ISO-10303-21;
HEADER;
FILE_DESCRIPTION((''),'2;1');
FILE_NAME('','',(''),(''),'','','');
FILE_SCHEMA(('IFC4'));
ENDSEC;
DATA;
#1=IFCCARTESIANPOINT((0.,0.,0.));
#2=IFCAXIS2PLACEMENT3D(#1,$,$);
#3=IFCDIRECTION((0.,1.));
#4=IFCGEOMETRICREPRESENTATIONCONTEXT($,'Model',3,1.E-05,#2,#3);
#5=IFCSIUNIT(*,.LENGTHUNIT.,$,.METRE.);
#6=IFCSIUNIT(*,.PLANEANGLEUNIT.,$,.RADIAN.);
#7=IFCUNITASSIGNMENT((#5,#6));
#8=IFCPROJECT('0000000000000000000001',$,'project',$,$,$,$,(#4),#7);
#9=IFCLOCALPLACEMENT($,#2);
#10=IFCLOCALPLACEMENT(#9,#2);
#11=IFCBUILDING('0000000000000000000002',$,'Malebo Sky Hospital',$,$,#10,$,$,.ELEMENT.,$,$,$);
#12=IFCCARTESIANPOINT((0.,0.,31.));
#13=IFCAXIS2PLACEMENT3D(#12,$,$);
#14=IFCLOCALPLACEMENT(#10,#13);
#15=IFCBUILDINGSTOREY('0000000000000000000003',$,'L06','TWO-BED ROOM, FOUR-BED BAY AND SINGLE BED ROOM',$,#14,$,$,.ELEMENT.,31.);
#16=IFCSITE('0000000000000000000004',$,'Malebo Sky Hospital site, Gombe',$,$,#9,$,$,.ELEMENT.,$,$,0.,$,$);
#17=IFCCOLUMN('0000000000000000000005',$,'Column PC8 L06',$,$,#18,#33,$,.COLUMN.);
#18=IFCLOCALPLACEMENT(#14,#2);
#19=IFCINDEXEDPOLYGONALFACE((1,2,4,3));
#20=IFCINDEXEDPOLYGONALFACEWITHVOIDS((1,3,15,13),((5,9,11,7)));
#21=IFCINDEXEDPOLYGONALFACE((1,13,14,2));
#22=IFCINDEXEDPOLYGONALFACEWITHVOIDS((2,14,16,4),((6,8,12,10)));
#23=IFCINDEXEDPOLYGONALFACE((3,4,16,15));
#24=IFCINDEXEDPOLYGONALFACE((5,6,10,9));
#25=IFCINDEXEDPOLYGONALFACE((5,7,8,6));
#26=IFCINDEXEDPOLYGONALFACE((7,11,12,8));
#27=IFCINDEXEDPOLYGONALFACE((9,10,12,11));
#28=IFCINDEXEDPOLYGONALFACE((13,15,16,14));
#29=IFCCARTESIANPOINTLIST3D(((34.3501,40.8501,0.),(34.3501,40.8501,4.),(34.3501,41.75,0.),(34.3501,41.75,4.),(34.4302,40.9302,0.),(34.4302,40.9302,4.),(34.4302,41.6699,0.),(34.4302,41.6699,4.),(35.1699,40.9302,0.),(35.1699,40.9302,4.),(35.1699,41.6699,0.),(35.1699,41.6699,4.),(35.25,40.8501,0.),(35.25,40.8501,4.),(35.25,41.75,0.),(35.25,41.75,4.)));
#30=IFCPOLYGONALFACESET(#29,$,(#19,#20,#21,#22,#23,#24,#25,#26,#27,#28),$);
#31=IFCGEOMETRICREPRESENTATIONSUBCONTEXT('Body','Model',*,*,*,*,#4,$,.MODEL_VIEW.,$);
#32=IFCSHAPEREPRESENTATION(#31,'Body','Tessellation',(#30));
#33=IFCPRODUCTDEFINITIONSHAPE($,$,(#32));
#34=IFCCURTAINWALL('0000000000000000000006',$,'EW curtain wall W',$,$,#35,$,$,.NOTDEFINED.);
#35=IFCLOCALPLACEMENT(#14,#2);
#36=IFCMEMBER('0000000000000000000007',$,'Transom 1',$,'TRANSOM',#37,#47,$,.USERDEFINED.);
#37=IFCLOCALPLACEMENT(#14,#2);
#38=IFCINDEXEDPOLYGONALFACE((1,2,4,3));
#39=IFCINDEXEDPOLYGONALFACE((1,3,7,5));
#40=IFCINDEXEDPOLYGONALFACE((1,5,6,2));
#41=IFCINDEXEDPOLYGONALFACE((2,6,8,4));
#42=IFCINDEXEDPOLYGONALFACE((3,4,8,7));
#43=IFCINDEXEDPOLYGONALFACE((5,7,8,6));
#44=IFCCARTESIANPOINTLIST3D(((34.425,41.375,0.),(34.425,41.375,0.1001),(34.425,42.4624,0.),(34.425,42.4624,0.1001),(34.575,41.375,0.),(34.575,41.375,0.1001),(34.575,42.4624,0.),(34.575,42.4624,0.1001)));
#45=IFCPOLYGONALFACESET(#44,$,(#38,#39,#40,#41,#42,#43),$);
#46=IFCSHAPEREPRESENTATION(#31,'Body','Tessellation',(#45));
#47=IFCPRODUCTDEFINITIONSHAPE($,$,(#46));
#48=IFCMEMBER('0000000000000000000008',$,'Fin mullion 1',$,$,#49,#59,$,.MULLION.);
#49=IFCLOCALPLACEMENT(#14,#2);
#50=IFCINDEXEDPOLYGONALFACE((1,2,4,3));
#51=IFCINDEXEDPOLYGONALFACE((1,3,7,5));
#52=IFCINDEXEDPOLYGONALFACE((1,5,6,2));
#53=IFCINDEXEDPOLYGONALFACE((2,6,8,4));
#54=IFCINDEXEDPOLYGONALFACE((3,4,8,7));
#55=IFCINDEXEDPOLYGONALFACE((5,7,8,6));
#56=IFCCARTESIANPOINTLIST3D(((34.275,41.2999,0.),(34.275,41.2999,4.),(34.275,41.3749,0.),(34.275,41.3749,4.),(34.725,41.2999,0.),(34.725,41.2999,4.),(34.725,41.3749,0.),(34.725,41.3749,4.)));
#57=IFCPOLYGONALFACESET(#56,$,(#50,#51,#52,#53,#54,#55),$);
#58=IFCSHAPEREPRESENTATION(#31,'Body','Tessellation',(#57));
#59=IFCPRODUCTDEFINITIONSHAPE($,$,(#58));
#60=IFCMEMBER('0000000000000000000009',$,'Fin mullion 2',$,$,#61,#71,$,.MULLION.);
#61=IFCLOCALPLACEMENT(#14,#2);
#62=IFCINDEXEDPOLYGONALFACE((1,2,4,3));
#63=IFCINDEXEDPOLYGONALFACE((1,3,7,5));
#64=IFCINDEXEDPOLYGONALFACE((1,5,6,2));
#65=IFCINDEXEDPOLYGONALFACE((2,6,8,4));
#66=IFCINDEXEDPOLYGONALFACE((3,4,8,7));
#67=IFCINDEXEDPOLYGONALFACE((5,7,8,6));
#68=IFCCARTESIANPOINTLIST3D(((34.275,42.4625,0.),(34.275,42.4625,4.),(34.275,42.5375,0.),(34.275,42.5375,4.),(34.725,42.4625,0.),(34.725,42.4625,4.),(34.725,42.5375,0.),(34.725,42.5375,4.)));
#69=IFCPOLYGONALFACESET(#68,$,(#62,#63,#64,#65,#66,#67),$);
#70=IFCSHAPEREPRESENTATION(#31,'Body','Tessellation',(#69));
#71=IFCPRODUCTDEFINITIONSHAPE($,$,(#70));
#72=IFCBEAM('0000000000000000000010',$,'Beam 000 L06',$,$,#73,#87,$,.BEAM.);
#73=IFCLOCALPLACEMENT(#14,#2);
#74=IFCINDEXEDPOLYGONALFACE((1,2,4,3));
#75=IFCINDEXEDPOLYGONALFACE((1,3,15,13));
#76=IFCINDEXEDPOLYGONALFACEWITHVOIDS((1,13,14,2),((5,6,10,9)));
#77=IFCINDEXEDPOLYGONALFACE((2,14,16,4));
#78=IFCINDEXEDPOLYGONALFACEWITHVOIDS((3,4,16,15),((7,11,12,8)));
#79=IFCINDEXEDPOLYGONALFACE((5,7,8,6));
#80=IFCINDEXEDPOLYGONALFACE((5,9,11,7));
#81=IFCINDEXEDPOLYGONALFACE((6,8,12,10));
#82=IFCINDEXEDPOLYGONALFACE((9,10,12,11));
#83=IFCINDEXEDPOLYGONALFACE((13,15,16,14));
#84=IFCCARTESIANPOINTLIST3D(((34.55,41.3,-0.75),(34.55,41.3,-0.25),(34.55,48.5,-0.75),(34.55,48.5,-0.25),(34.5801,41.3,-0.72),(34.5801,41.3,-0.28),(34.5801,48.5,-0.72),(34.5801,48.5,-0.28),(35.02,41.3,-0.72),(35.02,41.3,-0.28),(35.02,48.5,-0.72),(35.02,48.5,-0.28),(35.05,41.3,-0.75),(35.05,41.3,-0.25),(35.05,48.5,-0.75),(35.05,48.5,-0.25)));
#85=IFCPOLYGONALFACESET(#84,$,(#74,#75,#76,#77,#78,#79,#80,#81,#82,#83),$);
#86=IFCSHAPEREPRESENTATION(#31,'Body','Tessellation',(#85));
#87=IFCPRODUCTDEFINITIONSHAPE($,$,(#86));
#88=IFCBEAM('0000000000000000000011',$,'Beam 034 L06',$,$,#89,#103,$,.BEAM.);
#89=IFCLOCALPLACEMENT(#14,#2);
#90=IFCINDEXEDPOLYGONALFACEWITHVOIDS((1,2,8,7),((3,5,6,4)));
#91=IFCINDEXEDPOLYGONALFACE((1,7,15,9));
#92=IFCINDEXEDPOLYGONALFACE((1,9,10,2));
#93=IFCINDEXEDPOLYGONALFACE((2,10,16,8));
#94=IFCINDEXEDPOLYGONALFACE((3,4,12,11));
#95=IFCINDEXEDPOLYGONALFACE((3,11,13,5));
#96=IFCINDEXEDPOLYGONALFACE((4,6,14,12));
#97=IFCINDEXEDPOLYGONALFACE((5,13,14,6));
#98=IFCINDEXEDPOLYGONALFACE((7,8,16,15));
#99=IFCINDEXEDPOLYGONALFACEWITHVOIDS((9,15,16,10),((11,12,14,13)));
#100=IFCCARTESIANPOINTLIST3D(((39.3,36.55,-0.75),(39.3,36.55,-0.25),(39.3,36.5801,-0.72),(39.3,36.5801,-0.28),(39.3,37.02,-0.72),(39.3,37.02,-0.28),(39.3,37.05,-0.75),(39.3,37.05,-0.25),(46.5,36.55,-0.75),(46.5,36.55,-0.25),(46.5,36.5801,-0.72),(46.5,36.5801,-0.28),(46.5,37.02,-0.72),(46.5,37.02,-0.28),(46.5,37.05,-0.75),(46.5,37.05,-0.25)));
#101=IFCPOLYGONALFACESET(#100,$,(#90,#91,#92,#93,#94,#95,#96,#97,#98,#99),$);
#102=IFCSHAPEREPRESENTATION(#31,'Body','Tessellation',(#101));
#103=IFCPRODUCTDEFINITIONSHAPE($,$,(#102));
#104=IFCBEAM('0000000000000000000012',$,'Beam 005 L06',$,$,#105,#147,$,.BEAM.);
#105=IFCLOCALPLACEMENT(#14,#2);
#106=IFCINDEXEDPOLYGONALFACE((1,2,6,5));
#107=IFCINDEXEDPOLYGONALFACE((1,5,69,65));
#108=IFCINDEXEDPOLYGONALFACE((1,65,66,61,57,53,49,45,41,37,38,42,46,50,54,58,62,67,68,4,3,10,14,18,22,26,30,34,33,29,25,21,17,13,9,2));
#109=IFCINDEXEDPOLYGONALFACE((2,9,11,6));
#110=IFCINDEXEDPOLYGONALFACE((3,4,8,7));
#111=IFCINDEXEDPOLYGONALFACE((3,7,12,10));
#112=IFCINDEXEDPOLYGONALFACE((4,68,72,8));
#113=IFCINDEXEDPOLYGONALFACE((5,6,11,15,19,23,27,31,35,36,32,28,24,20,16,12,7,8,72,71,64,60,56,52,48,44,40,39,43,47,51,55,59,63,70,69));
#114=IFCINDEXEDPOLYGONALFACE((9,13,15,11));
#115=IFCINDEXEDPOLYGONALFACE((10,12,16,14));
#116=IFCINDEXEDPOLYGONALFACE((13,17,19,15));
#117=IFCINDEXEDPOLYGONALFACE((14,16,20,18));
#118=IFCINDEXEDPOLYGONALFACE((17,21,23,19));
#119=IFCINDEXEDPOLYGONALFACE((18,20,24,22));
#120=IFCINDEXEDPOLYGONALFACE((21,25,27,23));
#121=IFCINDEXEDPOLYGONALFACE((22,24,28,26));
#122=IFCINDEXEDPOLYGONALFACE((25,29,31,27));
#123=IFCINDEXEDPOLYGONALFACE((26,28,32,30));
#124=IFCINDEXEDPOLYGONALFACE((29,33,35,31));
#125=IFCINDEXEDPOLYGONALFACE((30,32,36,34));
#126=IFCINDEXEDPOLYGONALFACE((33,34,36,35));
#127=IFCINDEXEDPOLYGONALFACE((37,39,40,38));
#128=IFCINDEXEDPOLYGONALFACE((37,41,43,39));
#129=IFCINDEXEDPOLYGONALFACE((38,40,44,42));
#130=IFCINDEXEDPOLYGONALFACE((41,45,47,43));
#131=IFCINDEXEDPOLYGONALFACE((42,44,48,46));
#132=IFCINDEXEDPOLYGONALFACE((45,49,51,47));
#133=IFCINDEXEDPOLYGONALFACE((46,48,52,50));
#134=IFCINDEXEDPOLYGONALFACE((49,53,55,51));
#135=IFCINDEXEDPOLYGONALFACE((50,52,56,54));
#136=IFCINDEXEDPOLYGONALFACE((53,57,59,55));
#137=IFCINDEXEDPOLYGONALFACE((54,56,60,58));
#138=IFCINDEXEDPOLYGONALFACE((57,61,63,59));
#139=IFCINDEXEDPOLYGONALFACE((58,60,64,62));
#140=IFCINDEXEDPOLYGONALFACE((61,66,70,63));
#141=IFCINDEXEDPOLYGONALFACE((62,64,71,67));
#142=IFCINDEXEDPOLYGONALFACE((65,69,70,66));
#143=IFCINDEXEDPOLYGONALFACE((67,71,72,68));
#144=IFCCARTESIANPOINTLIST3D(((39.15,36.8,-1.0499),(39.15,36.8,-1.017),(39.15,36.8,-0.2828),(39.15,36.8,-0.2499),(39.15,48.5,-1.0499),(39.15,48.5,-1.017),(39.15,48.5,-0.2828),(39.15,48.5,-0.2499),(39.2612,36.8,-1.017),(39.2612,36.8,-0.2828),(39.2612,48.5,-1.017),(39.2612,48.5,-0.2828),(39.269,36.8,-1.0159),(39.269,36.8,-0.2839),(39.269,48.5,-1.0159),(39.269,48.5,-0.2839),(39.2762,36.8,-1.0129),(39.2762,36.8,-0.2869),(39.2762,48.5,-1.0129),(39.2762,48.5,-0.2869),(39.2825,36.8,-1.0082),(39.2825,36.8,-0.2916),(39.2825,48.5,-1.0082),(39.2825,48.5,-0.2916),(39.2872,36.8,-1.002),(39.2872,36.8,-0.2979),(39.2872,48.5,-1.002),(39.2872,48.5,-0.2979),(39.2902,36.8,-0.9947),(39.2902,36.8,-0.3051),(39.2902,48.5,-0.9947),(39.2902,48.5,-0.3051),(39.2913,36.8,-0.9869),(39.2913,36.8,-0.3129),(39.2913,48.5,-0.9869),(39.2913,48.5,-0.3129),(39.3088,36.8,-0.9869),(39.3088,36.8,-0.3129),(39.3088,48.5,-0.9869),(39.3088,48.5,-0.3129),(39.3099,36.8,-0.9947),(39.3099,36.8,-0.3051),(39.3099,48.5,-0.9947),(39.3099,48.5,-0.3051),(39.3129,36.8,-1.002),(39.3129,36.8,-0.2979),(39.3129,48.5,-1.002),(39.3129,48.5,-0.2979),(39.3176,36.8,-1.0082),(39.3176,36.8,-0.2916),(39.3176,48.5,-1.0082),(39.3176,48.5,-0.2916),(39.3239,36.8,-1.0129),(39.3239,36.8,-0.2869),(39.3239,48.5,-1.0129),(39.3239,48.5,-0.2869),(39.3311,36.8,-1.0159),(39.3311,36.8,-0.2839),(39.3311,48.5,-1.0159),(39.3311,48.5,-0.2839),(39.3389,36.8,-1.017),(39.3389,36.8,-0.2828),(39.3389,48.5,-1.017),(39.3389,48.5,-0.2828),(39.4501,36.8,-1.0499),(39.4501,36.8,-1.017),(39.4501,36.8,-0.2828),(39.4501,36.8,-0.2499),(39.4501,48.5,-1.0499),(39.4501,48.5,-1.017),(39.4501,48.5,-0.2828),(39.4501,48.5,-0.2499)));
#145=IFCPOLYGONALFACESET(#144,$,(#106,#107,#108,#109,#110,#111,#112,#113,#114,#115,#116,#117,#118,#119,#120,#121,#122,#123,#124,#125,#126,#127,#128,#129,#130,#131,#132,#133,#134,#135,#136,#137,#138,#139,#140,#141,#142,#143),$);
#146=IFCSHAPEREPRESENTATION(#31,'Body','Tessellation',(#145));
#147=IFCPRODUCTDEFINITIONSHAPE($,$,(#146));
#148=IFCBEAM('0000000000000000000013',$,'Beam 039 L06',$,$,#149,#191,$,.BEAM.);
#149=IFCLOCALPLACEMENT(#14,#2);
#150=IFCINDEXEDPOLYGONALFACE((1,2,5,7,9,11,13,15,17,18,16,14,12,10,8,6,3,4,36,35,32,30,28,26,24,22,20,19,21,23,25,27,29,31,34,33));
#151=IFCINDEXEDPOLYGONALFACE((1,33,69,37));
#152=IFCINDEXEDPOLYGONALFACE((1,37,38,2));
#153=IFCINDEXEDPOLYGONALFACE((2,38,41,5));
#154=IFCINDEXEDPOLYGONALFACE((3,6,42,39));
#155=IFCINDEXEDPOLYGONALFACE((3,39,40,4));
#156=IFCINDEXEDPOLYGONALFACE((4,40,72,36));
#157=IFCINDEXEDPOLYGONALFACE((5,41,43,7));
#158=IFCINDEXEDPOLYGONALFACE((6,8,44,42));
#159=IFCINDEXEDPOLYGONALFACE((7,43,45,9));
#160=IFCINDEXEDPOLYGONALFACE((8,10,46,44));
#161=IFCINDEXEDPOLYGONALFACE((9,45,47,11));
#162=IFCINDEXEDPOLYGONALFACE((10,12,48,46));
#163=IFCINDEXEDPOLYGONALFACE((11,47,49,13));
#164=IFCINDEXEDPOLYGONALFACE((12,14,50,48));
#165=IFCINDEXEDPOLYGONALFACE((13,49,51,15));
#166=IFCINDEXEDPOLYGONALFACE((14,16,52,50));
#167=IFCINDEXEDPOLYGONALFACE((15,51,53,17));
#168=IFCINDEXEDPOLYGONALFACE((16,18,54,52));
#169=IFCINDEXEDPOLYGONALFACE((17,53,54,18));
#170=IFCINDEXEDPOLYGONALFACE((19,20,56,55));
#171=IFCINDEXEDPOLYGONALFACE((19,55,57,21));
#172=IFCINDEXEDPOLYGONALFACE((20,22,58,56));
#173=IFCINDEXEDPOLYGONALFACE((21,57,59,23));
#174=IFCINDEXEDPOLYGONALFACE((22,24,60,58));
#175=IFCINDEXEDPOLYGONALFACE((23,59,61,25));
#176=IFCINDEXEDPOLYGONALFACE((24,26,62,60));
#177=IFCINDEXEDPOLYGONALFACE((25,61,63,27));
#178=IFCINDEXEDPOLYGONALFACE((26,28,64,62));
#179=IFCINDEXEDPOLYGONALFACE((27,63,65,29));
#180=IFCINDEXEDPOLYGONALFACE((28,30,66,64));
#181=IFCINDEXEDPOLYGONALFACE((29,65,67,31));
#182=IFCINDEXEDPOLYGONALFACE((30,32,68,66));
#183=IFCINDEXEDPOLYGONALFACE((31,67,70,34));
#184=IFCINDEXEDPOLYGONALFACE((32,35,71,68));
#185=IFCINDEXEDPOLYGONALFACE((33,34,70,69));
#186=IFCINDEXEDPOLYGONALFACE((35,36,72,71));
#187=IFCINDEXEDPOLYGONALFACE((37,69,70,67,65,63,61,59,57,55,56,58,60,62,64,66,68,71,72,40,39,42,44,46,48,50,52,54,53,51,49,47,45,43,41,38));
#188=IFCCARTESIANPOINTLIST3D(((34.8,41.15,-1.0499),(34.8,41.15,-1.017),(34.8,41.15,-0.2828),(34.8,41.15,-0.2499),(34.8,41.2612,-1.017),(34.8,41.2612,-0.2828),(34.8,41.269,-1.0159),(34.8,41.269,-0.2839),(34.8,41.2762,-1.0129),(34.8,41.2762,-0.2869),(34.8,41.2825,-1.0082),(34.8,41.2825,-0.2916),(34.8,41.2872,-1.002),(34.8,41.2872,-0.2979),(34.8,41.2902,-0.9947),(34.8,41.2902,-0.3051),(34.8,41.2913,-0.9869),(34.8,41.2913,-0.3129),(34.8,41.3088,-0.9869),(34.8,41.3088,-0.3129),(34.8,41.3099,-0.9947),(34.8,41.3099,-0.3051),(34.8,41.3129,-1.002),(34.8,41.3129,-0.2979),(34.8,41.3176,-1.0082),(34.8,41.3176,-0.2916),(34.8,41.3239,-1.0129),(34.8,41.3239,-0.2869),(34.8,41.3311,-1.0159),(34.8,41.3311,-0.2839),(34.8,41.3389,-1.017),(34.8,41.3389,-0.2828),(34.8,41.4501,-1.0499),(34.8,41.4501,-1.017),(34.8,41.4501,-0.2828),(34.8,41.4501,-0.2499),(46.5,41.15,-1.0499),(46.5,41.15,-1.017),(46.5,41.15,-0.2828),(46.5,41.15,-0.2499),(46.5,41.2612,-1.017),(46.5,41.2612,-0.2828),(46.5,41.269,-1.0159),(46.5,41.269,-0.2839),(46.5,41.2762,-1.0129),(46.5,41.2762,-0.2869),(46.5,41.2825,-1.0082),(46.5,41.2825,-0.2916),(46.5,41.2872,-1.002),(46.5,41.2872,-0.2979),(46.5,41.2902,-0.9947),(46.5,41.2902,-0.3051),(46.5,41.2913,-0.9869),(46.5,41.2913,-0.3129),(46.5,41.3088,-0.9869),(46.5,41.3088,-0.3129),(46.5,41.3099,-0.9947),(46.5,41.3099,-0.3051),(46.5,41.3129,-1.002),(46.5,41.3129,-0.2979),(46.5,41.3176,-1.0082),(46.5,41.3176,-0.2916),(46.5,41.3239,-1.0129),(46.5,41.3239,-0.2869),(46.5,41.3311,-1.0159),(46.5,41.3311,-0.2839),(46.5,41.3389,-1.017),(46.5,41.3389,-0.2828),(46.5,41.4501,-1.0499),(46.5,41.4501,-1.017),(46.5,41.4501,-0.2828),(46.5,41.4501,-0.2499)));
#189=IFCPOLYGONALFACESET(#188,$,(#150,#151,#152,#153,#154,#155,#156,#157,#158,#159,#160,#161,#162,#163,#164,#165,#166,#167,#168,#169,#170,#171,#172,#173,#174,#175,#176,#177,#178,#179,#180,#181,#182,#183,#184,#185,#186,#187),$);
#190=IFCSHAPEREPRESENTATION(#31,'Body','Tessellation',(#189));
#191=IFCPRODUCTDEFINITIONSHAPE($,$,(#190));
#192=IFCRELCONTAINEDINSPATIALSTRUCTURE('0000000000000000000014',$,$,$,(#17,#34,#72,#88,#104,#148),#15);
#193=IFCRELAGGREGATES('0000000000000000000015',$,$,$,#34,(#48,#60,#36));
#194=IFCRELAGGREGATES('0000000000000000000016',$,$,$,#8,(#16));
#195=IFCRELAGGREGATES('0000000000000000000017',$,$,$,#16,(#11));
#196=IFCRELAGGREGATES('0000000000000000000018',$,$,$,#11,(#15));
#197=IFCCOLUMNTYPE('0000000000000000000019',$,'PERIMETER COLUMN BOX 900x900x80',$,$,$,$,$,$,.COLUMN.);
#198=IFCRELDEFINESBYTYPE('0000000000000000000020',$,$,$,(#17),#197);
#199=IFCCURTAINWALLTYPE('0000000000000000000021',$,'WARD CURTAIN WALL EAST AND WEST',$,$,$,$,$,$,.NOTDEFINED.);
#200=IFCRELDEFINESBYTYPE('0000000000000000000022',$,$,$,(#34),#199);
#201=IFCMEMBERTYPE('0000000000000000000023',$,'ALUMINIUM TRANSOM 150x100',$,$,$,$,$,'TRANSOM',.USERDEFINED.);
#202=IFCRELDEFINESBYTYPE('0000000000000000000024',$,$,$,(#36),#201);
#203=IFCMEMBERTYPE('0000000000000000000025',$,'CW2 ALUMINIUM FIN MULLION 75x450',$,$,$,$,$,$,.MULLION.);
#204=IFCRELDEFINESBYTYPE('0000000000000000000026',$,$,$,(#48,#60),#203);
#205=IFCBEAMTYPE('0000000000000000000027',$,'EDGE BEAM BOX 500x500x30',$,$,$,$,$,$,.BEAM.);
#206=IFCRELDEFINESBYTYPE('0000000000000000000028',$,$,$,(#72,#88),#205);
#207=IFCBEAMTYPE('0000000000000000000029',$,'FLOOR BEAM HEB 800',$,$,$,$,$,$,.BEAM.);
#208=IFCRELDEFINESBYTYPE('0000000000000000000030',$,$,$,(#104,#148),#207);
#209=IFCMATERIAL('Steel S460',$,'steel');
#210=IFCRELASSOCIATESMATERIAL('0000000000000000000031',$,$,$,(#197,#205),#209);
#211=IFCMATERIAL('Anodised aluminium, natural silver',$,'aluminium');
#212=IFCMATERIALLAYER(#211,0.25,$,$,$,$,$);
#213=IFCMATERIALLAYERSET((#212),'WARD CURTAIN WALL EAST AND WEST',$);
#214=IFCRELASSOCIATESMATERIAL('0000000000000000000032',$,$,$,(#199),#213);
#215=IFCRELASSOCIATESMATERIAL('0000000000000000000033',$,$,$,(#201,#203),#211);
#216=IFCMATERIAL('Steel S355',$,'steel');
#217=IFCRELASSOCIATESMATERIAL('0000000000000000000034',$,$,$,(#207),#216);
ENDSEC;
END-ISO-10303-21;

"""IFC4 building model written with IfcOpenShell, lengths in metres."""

from ifc_helpers import new_model, si_unit, direction, frame, origin, origin_2d, place, context, subcontext, project, spatial, rectangle, hollow_rectangle, i_section, extrude, material, layer, layer_set, material_profile, profile_set, type_object, element, aggregate, save


model = new_model("IFC4")

# Units and contexts
model_context = context("Model", 3, precision=1e-05, world=origin(), true_north=direction((0.0, 1.0)))
body_context = subcontext(model_context, "Body", "Model", "MODEL_VIEW")
ifc_project = project(units=[si_unit("LENGTHUNIT", "METRE"), si_unit("PLANEANGLEUNIT", "RADIAN")], contexts=[model_context])

# Site, building, storey
site_placement = place(None, origin())
site = spatial("IfcSite", under=ifc_project, at=site_placement, Name="Malebo Sky Hospital site, Gombe", CompositionType="ELEMENT", RefElevation=0.0)
building_placement = place(site_placement, origin())
building = spatial("IfcBuilding", under=site, at=building_placement, Name="Malebo Sky Hospital", CompositionType="ELEMENT")
storey_placement = place(building_placement, frame((0.0, 0.0, 31.0)))
storey = spatial("IfcBuildingStorey", under=building, at=storey_placement, Name="L06", Description="TWO-BED ROOM, FOUR-BED BAY AND SINGLE BED ROOM", CompositionType="ELEMENT", Elevation=31.0)

# Column
ifc_material_1 = material(Name="Steel S460", Category="steel")
ifc_material_profile_1 = material_profile(ifc_material_1, hollow_rectangle(XDim=0.8999, YDim=0.8999, WallThickness=0.0801, at=origin_2d()), Name="BOX 900x900x80")
ifc_profile_set_1 = profile_set([ifc_material_profile_1], Name="Steel S460")
column_type = type_object("IfcColumnType", Name="PERIMETER COLUMN BOX 900x900x80", PredefinedType="COLUMN", material=ifc_profile_set_1)
column_placement = place(storey_placement, frame((34.8, 41.3, 0.0), z_axis=(0.0, 0.0, 1.0), x_axis=(1.0, 0.0, 0.0)))
element("IfcColumn", 1, at=column_placement, inside=storey, type_object=column_type, Name="Column PC8 L06", PredefinedType="COLUMN", context=body_context, shape_type="SweptSolid", body=[
    extrude(hollow_rectangle(XDim=0.8999, YDim=0.8999, WallThickness=0.0801, at=origin_2d()), origin(), (0.0, 0.0, 1.0), 4.0),
])

# Curtain wall, members
ifc_material_2 = material(Name="Anodised aluminium, natural silver", Category="aluminium")
ifc_layer_1 = layer(ifc_material_2, 0.25)
ifc_layer_set_1 = layer_set([ifc_layer_1], Name="WARD CURTAIN WALL EAST AND WEST")
curtain_wall_type = type_object("IfcCurtainWallType", Name="WARD CURTAIN WALL EAST AND WEST", PredefinedType="NOTDEFINED", material=ifc_layer_set_1)
curtain_wall_placement = place(storey_placement, origin())
curtain_wall = element("IfcCurtainWall", 2, at=curtain_wall_placement, inside=storey, type_object=curtain_wall_type, Name="EW curtain wall W", PredefinedType="NOTDEFINED")
ifc_material_profile_2 = material_profile(ifc_material_2, rectangle(XDim=0.1499, YDim=0.1001, at=origin_2d()), Name="ALUMINIUM TRANSOM 150x100")
ifc_profile_set_2 = profile_set([ifc_material_profile_2], Name="Anodised aluminium, natural silver")
member_type_1 = type_object("IfcMemberType", Name="ALUMINIUM TRANSOM 150x100", ElementType="TRANSOM", PredefinedType="USERDEFINED", material=ifc_profile_set_2)
member_1_placement = place(storey_placement, frame((34.5, 41.375, 0.05), z_axis=(0.0, 1.0, 0.0), x_axis=(-1.0, 0.0, 0.0)))
member_1 = element("IfcMember", 3, at=member_1_placement, type_object=member_type_1, Name="Transom 1", ObjectType="TRANSOM", PredefinedType="USERDEFINED", context=body_context, shape_type="SweptSolid", body=[
    extrude(rectangle(XDim=0.1499, YDim=0.1001, at=origin_2d()), origin(), (0.0, 0.0, 1.0), 1.0874),
])
ifc_material_profile_3 = material_profile(ifc_material_2, rectangle(XDim=0.075, YDim=0.45, at=origin_2d()), Name="CW2 ALUMINIUM FIN MULLION 75x450")
ifc_profile_set_3 = profile_set([ifc_material_profile_3], Name="Anodised aluminium, natural silver")
member_type_2 = type_object("IfcMemberType", Name="CW2 ALUMINIUM FIN MULLION 75x450", PredefinedType="MULLION", material=ifc_profile_set_3)
member_2_placement = place(storey_placement, frame((34.5, 41.3374, 0.0), z_axis=(0.0, 0.0, 1.0), x_axis=(0.0, 1.0, 0.0)))
member_2 = element("IfcMember", 4, at=member_2_placement, type_object=member_type_2, Name="Fin mullion 1", PredefinedType="MULLION", context=body_context, shape_type="SweptSolid", body=[
    extrude(rectangle(XDim=0.075, YDim=0.45, at=origin_2d()), origin(), (0.0, 0.0, 1.0), 4.0),
])
member_3_placement = place(storey_placement, frame((34.5, 42.5, 0.0), z_axis=(0.0, 0.0, 1.0), x_axis=(0.0, 1.0, 0.0)))
member_3 = element("IfcMember", 5, at=member_3_placement, type_object=member_type_2, Name="Fin mullion 2", PredefinedType="MULLION", context=body_context, shape_type="SweptSolid", body=[
    extrude(rectangle(XDim=0.075, YDim=0.45, at=origin_2d()), origin(), (0.0, 0.0, 1.0), 4.0),
])

# Beams
ifc_material_profile_4 = material_profile(ifc_material_1, hollow_rectangle(XDim=0.5, YDim=0.5, WallThickness=0.03, at=origin_2d()), Name="BOX 500x500x30")
ifc_profile_set_4 = profile_set([ifc_material_profile_4], Name="Steel S460")
beam_type_1 = type_object("IfcBeamType", Name="EDGE BEAM BOX 500x500x30", PredefinedType="BEAM", material=ifc_profile_set_4)
for number, where, z_axis, x_axis, name in (
    (6, (34.8, 41.3, -0.5), (0.0, 1.0, 0.0), (-1.0, 0.0, 0.0), "Beam 000 L06"),
    (7, (39.3, 36.8, -0.5), (1.0, 0.0, 0.0), (0.0, 1.0, 0.0), "Beam 034 L06"),
):
    element("IfcBeam", number, at=place(storey_placement, frame(where, z_axis=z_axis, x_axis=x_axis)), inside=storey, type_object=beam_type_1, Name=name, PredefinedType="BEAM", context=body_context, shape_type="SweptSolid", body=[
        extrude(hollow_rectangle(XDim=0.5, YDim=0.5, WallThickness=0.03, at=origin_2d()), origin(), (0.0, 0.0, 1.0), 7.2),
    ])
ifc_material_3 = material(Name="Steel S355", Category="steel")
ifc_material_profile_5 = material_profile(ifc_material_3, i_section(OverallWidth=0.3, OverallDepth=0.8, WebThickness=0.0176, FlangeThickness=0.033, FilletRadius=0.03, at=origin_2d()), Name="HEB 800")
ifc_profile_set_5 = profile_set([ifc_material_profile_5], Name="Steel S355")
beam_type_2 = type_object("IfcBeamType", Name="FLOOR BEAM HEB 800", PredefinedType="BEAM", material=ifc_profile_set_5)
for number, where, z_axis, x_axis, name in (
    (8, (39.3, 36.8, -0.6499), (0.0, 1.0, 0.0), (-1.0, 0.0, 0.0), "Beam 005 L06"),
    (9, (34.8, 41.3, -0.6499), (1.0, 0.0, 0.0), (0.0, 1.0, 0.0), "Beam 039 L06"),
):
    element("IfcBeam", number, at=place(storey_placement, frame(where, z_axis=z_axis, x_axis=x_axis)), inside=storey, type_object=beam_type_2, Name=name, PredefinedType="BEAM", context=body_context, shape_type="SweptSolid", body=[
        extrude(i_section(OverallWidth=0.3, OverallDepth=0.8, WebThickness=0.0176, FlangeThickness=0.033, FilletRadius=0.03, at=origin_2d()), origin(), (0.0, 0.0, 1.0), 11.7),
    ])

aggregate(curtain_wall, [member_2, member_3, member_1])

save(model, "model.ifc")
